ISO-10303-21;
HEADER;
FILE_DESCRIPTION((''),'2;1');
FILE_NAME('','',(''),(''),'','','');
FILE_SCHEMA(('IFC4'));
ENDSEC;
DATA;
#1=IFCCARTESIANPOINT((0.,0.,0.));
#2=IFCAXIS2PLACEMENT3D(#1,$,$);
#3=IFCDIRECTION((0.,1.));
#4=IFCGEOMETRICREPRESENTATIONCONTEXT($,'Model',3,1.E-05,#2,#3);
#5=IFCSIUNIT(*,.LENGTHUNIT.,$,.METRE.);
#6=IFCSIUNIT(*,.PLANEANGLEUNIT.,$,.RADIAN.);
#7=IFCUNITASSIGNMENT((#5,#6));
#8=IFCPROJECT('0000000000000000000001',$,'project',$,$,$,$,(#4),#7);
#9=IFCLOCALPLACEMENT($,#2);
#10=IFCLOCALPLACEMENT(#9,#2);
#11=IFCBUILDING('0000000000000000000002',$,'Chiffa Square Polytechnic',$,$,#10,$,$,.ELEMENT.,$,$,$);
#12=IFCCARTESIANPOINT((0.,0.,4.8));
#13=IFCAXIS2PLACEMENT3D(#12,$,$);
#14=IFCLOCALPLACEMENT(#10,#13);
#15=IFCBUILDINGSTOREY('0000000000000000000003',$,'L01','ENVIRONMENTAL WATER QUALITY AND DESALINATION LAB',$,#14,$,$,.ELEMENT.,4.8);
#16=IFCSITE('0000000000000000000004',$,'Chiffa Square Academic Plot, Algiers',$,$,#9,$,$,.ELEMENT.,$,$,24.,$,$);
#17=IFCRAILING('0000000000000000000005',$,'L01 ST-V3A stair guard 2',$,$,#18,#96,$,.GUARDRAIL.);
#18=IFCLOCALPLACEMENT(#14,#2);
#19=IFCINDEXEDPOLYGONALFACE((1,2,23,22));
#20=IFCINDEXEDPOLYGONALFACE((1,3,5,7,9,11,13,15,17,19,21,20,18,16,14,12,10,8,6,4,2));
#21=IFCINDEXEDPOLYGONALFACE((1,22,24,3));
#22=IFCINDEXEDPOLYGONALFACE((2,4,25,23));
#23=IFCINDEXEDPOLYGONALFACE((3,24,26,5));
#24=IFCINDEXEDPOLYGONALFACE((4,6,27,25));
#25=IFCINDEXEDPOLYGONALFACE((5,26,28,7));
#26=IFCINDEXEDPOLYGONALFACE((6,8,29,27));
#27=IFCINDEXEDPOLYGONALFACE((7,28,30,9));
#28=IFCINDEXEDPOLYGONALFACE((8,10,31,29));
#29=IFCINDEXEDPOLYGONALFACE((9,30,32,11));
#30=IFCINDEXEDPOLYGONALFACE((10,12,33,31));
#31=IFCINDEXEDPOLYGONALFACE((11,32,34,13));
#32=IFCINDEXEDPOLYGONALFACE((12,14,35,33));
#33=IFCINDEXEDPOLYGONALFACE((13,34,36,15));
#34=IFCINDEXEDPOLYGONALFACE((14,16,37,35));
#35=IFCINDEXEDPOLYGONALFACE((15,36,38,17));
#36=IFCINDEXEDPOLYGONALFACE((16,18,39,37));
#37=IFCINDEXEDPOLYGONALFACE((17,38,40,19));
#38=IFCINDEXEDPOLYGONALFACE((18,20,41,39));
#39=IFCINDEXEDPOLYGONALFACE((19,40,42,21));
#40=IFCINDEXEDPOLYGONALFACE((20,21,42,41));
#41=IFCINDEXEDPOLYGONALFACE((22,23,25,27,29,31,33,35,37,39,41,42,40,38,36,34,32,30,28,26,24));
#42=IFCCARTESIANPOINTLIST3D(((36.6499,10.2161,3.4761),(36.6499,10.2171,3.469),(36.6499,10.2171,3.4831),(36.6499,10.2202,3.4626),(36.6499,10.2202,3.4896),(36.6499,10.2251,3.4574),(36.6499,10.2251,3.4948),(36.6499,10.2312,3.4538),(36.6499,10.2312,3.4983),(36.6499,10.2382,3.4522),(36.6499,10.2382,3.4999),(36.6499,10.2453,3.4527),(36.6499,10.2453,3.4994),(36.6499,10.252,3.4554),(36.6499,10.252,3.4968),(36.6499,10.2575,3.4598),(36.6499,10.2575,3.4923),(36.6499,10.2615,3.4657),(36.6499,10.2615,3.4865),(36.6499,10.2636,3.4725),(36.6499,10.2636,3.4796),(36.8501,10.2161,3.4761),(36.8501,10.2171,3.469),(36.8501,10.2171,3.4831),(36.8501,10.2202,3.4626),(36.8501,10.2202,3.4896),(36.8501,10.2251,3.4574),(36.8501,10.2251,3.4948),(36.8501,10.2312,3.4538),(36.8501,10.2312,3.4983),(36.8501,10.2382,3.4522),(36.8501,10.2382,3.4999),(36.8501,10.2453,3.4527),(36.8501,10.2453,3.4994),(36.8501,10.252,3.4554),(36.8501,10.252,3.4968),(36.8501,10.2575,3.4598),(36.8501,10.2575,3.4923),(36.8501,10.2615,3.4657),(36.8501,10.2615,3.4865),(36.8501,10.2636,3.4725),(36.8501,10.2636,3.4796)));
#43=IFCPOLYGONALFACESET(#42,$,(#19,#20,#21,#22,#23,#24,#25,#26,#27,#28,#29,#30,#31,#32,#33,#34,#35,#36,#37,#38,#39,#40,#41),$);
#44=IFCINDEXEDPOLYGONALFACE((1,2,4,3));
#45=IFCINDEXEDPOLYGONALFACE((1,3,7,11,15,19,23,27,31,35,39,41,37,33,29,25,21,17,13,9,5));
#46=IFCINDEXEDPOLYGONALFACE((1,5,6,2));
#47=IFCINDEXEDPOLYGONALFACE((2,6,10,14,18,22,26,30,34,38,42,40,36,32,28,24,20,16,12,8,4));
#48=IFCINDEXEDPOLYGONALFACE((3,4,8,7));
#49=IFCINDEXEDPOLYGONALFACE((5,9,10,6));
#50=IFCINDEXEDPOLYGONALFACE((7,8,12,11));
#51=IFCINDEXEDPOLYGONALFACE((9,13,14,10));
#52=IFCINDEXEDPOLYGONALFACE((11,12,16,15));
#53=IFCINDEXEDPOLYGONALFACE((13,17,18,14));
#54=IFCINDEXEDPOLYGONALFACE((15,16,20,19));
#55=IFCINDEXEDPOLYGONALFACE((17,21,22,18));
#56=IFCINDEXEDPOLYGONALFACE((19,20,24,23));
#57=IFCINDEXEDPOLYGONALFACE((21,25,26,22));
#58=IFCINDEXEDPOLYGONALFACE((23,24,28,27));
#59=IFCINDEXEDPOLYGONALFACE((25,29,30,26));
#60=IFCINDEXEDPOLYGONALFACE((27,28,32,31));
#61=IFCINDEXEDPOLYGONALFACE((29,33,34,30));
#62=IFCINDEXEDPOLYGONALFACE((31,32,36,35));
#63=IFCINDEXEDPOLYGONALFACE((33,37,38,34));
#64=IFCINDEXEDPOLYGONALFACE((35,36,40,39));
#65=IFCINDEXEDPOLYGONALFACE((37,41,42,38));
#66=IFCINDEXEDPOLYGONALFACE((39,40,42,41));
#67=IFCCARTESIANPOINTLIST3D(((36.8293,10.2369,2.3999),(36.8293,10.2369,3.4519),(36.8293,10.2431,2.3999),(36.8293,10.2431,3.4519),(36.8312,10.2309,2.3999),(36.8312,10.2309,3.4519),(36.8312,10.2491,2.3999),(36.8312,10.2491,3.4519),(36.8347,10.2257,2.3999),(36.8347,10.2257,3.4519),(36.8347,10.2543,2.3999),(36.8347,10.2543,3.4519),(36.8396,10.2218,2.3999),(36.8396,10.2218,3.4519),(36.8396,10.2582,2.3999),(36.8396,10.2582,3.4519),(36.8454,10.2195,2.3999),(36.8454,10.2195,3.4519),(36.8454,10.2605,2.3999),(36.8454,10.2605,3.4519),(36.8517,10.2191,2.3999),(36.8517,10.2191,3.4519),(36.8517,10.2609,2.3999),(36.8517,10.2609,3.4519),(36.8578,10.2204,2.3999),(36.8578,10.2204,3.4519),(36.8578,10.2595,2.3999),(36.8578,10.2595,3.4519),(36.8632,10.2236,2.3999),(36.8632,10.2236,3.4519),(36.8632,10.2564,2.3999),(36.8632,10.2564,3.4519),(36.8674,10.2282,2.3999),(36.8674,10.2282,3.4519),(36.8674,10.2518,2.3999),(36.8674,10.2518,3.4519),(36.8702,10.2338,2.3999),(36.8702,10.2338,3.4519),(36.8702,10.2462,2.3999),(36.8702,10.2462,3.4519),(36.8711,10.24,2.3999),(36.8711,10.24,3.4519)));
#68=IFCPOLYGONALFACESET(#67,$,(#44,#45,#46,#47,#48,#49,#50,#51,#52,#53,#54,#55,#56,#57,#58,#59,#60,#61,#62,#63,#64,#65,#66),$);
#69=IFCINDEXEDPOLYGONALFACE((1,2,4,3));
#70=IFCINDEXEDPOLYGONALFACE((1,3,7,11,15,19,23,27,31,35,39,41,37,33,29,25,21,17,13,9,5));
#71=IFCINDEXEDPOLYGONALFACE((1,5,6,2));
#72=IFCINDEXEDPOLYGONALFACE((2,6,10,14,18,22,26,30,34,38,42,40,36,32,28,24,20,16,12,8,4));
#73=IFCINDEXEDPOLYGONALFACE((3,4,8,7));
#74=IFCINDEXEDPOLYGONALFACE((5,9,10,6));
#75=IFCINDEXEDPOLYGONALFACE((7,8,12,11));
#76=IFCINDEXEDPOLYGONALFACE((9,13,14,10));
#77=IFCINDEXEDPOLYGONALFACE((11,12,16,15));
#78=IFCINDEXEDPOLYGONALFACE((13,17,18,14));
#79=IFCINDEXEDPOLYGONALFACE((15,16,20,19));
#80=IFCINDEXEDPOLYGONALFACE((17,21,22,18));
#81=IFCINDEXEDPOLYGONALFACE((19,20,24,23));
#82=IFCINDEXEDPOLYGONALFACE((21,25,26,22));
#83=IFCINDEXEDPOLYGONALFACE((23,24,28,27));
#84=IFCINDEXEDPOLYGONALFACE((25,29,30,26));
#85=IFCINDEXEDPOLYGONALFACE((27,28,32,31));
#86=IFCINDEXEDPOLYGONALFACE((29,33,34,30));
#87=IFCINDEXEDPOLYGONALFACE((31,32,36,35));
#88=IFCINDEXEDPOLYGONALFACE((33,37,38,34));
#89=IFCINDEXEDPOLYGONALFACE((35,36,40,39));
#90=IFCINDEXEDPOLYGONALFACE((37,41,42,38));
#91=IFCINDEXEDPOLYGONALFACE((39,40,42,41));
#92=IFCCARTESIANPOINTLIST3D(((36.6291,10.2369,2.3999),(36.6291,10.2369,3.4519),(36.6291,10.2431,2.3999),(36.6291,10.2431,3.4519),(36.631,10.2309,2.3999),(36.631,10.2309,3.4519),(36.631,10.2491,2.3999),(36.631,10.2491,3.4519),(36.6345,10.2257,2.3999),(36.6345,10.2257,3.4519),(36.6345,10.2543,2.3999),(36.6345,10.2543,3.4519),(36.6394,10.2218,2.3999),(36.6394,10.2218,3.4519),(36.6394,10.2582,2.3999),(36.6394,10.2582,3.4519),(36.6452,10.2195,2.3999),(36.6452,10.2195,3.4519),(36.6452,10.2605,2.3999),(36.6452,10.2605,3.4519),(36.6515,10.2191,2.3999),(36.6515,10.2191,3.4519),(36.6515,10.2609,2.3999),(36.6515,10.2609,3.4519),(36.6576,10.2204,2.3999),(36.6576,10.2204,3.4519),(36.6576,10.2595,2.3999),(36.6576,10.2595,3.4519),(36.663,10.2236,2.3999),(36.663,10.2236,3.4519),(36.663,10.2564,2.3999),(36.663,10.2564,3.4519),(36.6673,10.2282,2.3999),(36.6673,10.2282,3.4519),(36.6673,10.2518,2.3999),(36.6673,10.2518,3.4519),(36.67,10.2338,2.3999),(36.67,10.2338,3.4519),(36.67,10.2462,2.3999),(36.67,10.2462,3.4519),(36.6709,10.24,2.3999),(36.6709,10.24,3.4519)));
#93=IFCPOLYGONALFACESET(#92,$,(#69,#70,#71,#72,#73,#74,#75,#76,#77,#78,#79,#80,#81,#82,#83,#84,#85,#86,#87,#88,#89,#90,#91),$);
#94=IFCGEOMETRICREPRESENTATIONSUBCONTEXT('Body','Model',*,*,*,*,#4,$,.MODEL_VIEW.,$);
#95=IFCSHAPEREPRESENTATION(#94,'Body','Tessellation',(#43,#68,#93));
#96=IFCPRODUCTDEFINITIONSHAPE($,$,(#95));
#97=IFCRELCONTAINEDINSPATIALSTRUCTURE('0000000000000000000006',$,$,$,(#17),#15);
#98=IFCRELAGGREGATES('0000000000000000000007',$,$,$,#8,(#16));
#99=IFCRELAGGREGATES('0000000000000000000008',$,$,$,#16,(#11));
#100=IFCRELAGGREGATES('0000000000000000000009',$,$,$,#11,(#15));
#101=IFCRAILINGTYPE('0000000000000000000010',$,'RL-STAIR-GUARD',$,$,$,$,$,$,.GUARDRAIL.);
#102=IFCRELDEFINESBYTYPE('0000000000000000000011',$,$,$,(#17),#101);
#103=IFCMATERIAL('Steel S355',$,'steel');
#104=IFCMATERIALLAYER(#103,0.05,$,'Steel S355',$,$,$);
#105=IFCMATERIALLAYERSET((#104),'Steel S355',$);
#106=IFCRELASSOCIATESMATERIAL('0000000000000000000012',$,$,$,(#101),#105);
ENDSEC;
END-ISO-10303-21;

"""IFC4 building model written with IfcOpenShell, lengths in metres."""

from ifc_helpers import new_model, si_unit, direction, frame, origin, origin_2d, place, context, subcontext, project, spatial, circle, extrude, material, layer, layer_set, type_object, element, save


model = new_model("IFC4")

# Units and contexts
model_context = context("Model", 3, precision=1e-05, world=origin(), true_north=direction((0.0, 1.0)))
body_context = subcontext(model_context, "Body", "Model", "MODEL_VIEW")
ifc_project = project(units=[si_unit("LENGTHUNIT", "METRE"), si_unit("PLANEANGLEUNIT", "RADIAN")], contexts=[model_context])

# Site, building, storey
site_placement = place(None, origin())
site = spatial("IfcSite", under=ifc_project, at=site_placement, Name="Chiffa Square Academic Plot, Algiers", CompositionType="ELEMENT", RefElevation=24.0)
building_placement = place(site_placement, origin())
building = spatial("IfcBuilding", under=site, at=building_placement, Name="Chiffa Square Polytechnic", CompositionType="ELEMENT")
storey_placement = place(building_placement, frame((0.0, 0.0, 4.8)))
storey = spatial("IfcBuildingStorey", under=building, at=storey_placement, Name="L01", Description="ENVIRONMENTAL WATER QUALITY AND DESALINATION LAB", CompositionType="ELEMENT", Elevation=4.8)

# Railing
ifc_material_1 = material(Name="Steel S355", Category="steel")
ifc_layer_1 = layer(ifc_material_1, 0.05, Name="Steel S355")
ifc_layer_set_1 = layer_set([ifc_layer_1], Name="Steel S355")
railing_type_1 = type_object("IfcRailingType", Name="RL-STAIR-GUARD", PredefinedType="GUARDRAIL", material=ifc_layer_set_1)
railing_1_placement = place(storey_placement, frame((36.8501, 10.24, 2.3999)))
element("IfcRailing", 1, at=railing_1_placement, inside=storey, type_object=railing_type_1, Name="L01 ST-V3A stair guard 2", PredefinedType="GUARDRAIL", context=body_context, shape_type="SweptSolid", body=[
    extrude(circle(Radius=0.0239, at=origin_2d()), frame((0.0, 0.0, 1.0762), z_axis=(-1.0, 0.0, 0.0), x_axis=(0.0, -1.0, 0.0)), (0.0, 0.0, 1.0), 0.2002),
    extrude(circle(Radius=0.021, at=origin_2d()), origin(), (0.0, 0.0, 1.0), 1.052),
    extrude(circle(Radius=0.021, at=origin_2d()), frame((-0.2002, 0.0, 0.0)), (0.0, 0.0, 1.0), 1.052),
])

save(model, "model.ifc")
